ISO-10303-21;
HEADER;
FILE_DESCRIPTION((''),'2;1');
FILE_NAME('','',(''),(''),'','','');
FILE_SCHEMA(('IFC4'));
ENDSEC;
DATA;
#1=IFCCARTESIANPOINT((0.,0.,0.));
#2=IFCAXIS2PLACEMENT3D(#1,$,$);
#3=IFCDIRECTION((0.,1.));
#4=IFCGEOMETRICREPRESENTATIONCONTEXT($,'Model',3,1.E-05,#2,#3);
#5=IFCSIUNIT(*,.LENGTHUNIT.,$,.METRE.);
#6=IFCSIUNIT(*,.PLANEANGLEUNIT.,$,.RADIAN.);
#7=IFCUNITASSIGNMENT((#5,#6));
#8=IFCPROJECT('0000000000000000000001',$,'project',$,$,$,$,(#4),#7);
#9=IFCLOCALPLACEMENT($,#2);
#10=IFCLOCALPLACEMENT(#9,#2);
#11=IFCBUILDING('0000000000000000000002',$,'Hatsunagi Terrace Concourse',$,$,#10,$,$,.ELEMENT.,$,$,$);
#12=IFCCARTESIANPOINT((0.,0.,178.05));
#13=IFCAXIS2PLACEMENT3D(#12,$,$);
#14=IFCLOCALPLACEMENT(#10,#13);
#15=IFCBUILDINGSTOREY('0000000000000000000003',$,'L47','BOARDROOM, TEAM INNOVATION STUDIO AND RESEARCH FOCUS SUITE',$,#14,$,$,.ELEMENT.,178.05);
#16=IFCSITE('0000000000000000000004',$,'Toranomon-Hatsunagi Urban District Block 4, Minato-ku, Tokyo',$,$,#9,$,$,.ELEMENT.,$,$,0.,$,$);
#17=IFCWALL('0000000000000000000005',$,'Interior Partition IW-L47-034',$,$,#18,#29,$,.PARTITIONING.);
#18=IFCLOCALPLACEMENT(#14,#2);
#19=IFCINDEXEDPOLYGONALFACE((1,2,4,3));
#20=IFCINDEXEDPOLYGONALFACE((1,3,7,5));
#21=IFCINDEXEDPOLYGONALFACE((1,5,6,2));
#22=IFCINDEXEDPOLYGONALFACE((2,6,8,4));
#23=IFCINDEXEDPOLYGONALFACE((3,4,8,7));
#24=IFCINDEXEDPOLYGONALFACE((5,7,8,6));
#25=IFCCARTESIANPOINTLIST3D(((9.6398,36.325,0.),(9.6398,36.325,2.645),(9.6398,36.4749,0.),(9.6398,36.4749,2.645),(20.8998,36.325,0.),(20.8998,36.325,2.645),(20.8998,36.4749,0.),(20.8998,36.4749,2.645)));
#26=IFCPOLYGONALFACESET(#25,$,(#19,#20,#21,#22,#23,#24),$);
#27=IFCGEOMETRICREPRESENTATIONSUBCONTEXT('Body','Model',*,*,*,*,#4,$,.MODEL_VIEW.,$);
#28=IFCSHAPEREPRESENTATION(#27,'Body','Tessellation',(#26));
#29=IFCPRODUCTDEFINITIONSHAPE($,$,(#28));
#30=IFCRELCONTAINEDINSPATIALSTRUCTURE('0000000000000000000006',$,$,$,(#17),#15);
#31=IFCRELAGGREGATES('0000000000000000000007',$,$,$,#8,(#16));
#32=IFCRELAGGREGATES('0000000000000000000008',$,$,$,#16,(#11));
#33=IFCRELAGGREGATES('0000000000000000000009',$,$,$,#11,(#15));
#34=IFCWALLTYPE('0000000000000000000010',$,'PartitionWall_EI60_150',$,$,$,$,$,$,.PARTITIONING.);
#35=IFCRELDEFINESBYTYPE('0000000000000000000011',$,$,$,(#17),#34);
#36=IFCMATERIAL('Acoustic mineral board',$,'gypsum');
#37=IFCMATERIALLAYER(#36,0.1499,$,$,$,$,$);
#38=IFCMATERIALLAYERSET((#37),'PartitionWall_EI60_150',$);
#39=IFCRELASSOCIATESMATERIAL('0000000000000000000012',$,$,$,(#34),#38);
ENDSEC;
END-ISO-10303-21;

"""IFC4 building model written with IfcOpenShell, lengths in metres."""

from ifc_helpers import new_model, si_unit, direction, frame, frame_2d, origin, place, context, subcontext, project, spatial, rectangle, extrude, material, layer, layer_set, type_object, element, save


model = new_model("IFC4")

# Units and contexts
model_context = context("Model", 3, precision=1e-05, world=origin(), true_north=direction((0.0, 1.0)))
body_context = subcontext(model_context, "Body", "Model", "MODEL_VIEW")
ifc_project = project(units=[si_unit("LENGTHUNIT", "METRE"), si_unit("PLANEANGLEUNIT", "RADIAN")], contexts=[model_context])

# Site, building, storey
site_placement = place(None, origin())
site = spatial("IfcSite", under=ifc_project, at=site_placement, Name="Toranomon-Hatsunagi Urban District Block 4, Minato-ku, Tokyo", CompositionType="ELEMENT", RefElevation=0.0)
building_placement = place(site_placement, origin())
building = spatial("IfcBuilding", under=site, at=building_placement, Name="Hatsunagi Terrace Concourse", CompositionType="ELEMENT")
storey_placement = place(building_placement, frame((0.0, 0.0, 178.05)))
storey = spatial("IfcBuildingStorey", under=building, at=storey_placement, Name="L47", Description="BOARDROOM, TEAM INNOVATION STUDIO AND RESEARCH FOCUS SUITE", CompositionType="ELEMENT", Elevation=178.05)

# Wall
ifc_material_1 = material(Name="Acoustic mineral board", Category="gypsum")
ifc_layer_1 = layer(ifc_material_1, 0.1499)
ifc_layer_set_1 = layer_set([ifc_layer_1], Name="PartitionWall_EI60_150")
wall_type = type_object("IfcWallType", Name="PartitionWall_EI60_150", PredefinedType="PARTITIONING", material=ifc_layer_set_1)
wall_placement = place(storey_placement, frame((9.6399, 36.3999, 0.0), z_axis=(0.0, 0.0, 1.0), x_axis=(1.0, 0.0, 0.0)))
element("IfcWall", 1, at=wall_placement, inside=storey, type_object=wall_type, Name="Interior Partition IW-L47-034", PredefinedType="PARTITIONING", context=body_context, shape_type="SweptSolid", body=[
    extrude(rectangle(XDim=11.26, YDim=0.1499, at=frame_2d((5.6299, 0.0))), origin(), (0.0, 0.0, 1.0), 2.645),
])

save(model, "model.ifc")
